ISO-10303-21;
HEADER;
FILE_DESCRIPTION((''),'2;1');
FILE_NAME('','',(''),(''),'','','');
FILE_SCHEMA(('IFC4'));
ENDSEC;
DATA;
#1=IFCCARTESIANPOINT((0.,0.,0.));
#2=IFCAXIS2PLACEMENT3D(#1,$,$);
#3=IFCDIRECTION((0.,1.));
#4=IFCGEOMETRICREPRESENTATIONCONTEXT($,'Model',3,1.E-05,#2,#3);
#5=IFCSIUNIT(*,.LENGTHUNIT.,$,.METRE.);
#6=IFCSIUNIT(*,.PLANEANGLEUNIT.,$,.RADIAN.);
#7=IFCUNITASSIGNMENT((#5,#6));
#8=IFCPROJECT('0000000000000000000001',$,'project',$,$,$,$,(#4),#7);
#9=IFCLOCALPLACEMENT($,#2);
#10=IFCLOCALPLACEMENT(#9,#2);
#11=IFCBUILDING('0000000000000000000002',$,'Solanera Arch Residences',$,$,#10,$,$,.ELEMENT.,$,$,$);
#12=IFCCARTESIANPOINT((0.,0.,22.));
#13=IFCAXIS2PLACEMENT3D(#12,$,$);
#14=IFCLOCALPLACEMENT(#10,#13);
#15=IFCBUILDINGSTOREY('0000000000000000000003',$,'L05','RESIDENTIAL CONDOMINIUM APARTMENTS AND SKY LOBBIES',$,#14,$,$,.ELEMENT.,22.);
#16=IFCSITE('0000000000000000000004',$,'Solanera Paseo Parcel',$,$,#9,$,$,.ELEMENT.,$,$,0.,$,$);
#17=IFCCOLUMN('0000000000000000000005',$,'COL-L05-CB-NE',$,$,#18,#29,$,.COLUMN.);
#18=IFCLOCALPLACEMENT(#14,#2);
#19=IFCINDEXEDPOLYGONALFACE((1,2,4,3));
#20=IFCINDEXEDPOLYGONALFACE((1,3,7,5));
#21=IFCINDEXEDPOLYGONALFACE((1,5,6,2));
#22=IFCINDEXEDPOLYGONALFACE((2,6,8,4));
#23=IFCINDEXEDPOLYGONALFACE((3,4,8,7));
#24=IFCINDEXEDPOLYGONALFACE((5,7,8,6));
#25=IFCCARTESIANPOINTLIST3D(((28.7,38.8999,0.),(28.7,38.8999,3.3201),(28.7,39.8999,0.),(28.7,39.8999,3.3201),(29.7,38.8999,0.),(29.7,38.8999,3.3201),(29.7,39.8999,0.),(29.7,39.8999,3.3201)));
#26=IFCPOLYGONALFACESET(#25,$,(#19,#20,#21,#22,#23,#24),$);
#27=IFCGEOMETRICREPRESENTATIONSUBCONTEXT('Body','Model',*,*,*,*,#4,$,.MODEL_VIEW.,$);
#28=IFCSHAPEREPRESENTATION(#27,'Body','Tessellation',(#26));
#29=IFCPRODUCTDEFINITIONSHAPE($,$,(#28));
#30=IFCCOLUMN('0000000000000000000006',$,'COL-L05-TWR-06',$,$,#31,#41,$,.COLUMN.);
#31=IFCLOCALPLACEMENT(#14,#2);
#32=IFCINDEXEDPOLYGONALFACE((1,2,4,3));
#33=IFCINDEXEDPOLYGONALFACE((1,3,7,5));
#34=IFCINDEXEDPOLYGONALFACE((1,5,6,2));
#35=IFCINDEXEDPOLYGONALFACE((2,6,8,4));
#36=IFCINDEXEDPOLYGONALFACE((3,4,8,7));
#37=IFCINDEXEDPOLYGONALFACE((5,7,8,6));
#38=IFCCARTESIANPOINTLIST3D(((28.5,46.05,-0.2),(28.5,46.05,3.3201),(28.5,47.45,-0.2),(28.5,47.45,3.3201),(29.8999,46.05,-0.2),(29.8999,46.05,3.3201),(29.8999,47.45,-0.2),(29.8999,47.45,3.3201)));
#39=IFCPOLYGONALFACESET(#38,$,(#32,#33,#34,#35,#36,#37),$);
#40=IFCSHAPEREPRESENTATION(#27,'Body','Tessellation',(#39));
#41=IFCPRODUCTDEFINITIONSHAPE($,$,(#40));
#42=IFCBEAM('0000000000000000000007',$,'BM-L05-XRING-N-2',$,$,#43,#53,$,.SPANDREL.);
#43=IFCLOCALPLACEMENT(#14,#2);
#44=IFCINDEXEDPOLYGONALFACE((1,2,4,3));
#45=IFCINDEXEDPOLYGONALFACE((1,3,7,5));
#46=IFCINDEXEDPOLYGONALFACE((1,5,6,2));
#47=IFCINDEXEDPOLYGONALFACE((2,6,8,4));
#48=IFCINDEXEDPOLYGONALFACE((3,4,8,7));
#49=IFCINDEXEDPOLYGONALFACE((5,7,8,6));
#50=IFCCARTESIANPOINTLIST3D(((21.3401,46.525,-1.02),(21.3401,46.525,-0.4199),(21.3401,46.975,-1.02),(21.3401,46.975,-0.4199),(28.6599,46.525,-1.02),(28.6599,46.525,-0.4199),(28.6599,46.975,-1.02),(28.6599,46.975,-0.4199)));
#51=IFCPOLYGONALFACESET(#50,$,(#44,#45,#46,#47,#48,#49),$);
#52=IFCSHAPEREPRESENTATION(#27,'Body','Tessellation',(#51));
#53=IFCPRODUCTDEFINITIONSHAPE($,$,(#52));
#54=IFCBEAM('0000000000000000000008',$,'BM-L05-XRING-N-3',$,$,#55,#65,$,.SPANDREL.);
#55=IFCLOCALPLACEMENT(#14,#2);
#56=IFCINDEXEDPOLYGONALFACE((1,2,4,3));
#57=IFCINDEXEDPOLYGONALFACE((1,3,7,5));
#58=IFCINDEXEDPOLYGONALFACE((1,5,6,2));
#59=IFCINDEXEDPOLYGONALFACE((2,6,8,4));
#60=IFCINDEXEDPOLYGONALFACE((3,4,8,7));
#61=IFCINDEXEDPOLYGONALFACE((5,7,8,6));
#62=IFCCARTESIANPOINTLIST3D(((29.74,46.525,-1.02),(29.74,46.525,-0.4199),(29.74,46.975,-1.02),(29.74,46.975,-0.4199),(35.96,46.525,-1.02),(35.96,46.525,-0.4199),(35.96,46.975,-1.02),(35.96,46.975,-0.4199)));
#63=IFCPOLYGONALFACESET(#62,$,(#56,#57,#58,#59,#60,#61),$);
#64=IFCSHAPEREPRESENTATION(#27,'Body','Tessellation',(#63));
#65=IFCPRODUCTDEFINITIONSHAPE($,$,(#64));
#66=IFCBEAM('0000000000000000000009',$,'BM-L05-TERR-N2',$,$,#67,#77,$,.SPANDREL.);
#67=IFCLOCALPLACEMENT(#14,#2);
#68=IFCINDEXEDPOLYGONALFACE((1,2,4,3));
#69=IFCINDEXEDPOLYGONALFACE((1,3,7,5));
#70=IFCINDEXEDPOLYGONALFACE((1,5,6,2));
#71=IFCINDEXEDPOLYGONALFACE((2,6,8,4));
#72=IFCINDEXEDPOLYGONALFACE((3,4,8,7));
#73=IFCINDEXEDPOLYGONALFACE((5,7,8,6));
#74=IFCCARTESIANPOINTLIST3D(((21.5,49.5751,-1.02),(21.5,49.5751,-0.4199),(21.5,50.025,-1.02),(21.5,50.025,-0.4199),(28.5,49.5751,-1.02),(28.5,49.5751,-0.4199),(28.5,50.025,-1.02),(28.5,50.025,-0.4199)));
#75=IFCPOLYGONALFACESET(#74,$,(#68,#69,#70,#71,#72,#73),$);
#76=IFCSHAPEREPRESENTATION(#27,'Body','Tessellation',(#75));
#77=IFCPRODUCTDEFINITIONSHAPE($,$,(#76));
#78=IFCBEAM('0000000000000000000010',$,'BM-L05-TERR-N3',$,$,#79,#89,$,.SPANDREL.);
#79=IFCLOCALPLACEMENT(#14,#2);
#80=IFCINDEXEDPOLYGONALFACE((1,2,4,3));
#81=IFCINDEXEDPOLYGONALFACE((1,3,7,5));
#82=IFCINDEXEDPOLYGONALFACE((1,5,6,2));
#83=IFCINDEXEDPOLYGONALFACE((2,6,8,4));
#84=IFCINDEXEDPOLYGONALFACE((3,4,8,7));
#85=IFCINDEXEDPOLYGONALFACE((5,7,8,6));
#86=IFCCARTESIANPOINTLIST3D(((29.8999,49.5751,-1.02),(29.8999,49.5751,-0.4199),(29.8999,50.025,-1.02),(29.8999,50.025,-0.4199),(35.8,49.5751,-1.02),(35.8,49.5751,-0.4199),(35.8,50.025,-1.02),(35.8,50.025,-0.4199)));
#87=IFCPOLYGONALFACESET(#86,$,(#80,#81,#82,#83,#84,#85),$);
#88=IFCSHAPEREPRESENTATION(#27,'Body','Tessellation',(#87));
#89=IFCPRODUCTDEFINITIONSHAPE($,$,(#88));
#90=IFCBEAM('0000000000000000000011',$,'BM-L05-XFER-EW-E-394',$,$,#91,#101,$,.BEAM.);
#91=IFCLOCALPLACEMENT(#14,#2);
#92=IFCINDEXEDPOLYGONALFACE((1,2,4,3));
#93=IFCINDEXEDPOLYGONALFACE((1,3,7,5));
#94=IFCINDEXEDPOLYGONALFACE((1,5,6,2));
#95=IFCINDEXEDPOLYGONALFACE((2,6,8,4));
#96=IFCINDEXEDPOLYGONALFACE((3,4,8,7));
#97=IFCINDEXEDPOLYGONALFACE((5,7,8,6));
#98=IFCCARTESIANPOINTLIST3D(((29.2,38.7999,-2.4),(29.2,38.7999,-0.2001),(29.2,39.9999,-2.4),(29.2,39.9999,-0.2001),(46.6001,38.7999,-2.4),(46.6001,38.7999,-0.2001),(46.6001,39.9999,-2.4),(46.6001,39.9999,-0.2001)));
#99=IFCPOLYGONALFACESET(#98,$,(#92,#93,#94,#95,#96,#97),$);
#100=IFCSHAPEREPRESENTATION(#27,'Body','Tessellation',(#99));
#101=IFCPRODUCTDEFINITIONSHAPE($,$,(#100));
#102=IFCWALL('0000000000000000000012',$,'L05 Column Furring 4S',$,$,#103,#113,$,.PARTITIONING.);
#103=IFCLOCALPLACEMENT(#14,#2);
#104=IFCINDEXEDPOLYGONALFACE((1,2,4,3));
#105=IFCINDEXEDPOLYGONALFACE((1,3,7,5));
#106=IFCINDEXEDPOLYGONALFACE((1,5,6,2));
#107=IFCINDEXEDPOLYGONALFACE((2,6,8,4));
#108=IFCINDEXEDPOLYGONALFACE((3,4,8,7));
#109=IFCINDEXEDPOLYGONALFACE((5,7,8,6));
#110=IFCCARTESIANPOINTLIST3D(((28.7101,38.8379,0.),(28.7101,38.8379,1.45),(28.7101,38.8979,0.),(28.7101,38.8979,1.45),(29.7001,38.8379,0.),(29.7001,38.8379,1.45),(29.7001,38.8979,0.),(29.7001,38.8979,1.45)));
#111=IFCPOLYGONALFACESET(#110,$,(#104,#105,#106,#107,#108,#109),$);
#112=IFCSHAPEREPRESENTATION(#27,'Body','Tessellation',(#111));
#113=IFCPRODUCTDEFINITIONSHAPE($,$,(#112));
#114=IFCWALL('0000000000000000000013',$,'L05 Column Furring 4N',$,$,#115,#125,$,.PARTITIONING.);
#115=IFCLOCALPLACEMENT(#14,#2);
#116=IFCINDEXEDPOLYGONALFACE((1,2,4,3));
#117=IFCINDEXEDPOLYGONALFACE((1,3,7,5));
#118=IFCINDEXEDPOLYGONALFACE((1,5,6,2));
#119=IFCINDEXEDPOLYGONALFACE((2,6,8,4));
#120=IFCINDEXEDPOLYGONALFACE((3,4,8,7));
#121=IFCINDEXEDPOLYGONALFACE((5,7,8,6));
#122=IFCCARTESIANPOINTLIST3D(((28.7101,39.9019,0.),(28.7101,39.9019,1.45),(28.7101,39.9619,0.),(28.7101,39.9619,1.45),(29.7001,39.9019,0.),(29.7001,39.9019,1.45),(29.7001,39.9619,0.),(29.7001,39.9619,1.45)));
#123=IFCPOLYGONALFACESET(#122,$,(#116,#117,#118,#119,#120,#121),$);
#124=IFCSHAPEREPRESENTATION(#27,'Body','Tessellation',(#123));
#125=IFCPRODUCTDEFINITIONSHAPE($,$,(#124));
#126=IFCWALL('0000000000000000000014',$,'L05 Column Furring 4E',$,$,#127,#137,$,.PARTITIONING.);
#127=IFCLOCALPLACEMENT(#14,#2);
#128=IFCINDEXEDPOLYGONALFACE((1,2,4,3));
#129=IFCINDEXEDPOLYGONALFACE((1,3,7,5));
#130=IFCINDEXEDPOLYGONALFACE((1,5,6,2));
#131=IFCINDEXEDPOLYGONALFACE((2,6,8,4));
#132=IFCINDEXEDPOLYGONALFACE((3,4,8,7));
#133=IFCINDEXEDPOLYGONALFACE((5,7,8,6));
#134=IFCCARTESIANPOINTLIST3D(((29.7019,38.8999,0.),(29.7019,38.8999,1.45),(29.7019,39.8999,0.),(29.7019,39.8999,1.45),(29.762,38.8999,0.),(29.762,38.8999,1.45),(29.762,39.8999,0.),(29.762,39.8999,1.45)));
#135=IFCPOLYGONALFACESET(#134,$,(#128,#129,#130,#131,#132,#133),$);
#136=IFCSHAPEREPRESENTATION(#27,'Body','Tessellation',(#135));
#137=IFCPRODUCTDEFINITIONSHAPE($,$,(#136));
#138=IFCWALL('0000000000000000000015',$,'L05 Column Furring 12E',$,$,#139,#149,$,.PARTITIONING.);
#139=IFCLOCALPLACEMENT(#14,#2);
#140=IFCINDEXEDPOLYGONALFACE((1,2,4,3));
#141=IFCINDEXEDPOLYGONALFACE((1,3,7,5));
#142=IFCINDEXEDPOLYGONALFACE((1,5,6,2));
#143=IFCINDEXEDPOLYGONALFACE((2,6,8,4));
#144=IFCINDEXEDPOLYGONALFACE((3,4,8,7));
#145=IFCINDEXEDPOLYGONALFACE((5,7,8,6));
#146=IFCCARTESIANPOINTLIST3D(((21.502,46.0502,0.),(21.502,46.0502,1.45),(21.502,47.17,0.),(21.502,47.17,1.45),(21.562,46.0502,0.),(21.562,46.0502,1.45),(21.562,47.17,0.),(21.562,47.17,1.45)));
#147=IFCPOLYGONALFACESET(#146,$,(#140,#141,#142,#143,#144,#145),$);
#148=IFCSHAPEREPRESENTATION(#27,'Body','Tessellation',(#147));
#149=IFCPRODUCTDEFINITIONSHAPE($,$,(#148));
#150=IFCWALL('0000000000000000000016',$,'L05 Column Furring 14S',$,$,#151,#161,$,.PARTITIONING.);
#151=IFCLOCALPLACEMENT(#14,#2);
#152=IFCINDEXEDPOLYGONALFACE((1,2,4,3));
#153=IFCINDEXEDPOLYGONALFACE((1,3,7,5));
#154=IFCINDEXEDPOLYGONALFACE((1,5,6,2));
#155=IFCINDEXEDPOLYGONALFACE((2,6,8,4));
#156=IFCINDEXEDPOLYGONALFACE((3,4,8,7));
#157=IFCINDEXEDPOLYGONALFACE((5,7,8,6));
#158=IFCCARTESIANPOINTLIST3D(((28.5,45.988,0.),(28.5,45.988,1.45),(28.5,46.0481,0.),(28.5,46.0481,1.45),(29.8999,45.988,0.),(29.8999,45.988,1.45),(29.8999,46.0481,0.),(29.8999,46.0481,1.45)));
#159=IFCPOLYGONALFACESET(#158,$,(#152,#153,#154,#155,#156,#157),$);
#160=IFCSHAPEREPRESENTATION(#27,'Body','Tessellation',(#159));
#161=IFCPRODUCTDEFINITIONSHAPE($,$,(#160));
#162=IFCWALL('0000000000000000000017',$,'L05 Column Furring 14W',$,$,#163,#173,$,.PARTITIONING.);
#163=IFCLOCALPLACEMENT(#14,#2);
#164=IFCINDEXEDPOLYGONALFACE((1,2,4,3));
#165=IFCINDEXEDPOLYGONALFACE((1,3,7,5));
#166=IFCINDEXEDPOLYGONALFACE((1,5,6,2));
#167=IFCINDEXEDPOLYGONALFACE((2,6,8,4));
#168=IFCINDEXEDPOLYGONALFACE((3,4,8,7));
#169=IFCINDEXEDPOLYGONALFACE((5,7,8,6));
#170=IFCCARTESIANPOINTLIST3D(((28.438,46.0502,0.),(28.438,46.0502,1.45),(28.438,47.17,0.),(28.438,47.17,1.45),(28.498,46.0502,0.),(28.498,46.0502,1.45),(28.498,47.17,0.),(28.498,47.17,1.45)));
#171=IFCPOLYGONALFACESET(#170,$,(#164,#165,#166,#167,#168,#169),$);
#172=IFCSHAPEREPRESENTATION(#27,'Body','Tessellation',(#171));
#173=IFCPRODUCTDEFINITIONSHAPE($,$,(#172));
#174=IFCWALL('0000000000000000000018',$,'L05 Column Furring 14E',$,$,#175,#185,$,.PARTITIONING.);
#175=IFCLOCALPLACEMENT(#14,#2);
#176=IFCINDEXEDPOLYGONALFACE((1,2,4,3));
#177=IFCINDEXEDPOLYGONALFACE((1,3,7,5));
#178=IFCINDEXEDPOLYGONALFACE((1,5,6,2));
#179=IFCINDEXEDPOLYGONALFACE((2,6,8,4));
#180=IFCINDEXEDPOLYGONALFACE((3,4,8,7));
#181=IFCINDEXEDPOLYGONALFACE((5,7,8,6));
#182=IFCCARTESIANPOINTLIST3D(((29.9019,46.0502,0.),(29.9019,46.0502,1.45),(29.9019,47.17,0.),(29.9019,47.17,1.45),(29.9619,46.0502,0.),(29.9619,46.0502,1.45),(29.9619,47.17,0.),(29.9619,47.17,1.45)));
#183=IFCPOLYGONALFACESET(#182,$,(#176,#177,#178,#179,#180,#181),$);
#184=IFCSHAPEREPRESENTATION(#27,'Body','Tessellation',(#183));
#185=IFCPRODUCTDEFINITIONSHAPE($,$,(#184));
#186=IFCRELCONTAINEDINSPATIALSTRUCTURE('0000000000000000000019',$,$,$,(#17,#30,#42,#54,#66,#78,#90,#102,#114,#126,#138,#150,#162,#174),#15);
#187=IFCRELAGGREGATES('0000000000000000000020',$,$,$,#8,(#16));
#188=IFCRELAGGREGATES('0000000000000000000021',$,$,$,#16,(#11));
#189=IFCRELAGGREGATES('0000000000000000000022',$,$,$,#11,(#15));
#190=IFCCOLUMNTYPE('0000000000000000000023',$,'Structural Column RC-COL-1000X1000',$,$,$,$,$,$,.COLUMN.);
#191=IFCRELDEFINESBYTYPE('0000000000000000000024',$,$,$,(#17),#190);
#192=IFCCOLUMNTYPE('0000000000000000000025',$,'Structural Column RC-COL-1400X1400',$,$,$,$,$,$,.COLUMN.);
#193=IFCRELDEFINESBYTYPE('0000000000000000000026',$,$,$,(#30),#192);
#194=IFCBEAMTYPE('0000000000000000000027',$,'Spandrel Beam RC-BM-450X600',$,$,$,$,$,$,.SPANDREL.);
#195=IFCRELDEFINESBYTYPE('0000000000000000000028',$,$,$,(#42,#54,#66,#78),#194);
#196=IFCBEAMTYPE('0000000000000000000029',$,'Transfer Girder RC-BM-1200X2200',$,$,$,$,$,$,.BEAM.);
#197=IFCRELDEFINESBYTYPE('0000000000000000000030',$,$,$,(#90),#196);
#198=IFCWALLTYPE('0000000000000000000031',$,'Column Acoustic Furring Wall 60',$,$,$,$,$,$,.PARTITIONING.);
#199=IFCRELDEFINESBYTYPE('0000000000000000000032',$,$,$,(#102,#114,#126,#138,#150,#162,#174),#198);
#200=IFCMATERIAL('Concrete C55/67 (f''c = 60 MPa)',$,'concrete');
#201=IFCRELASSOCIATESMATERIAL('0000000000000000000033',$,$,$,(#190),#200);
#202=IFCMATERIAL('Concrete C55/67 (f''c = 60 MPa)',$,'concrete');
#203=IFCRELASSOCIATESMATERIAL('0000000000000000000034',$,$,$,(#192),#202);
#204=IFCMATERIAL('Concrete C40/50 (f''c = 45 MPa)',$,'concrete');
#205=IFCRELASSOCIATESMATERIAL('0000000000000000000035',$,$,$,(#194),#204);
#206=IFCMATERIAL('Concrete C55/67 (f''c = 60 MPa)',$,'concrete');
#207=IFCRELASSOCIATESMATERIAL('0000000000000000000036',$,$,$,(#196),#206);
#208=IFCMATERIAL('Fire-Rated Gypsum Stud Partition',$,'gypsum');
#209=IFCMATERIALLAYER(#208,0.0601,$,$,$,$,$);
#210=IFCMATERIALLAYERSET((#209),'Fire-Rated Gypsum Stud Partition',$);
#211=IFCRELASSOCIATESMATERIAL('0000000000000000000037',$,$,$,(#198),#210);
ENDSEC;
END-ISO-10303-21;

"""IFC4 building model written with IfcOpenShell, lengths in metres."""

from ifc_helpers import new_model, si_unit, direction, frame, frame_2d, origin, origin_2d, place, context, subcontext, project, spatial, rectangle, extrude, material, layer, layer_set, material_profile, profile_set, type_object, element, save


model = new_model("IFC4")

# Units and contexts
model_context = context("Model", 3, precision=1e-05, world=origin(), true_north=direction((0.0, 1.0)))
body_context = subcontext(model_context, "Body", "Model", "MODEL_VIEW")
ifc_project = project(units=[si_unit("LENGTHUNIT", "METRE"), si_unit("PLANEANGLEUNIT", "RADIAN")], contexts=[model_context])

# Site, building, storey
site_placement = place(None, origin())
site = spatial("IfcSite", under=ifc_project, at=site_placement, Name="Solanera Paseo Parcel", CompositionType="ELEMENT", RefElevation=0.0)
building_placement = place(site_placement, origin())
building = spatial("IfcBuilding", under=site, at=building_placement, Name="Solanera Arch Residences", CompositionType="ELEMENT")
storey_placement = place(building_placement, frame((0.0, 0.0, 22.0)))
storey = spatial("IfcBuildingStorey", under=building, at=storey_placement, Name="L05", Description="RESIDENTIAL CONDOMINIUM APARTMENTS AND SKY LOBBIES", CompositionType="ELEMENT", Elevation=22.0)

# Columns
ifc_material_1 = material(Name="Concrete C55/67 (f'c = 60 MPa)", Category="concrete")
ifc_material_profile_1 = material_profile(ifc_material_1, rectangle(XDim=1.0, YDim=1.0, at=origin_2d()))
ifc_profile_set_1 = profile_set([ifc_material_profile_1], Name="Concrete C55/67 (f'c = 60 MPa)")
column_type_1 = type_object("IfcColumnType", Name="Structural Column RC-COL-1000X1000", PredefinedType="COLUMN", material=ifc_profile_set_1)
column_1_placement = place(storey_placement, frame((29.2, 39.3999, 0.0), z_axis=(0.0, 0.0, 1.0), x_axis=(1.0, 0.0, 0.0)))
element("IfcColumn", 1, at=column_1_placement, inside=storey, type_object=column_type_1, Name="COL-L05-CB-NE", PredefinedType="COLUMN", context=body_context, shape_type="SweptSolid", body=[
    extrude(rectangle(XDim=1.0, YDim=1.0, at=origin_2d()), origin(), (0.0, 0.0, 1.0), 3.3201),
])
ifc_material_2 = material(Name="Concrete C55/67 (f'c = 60 MPa)", Category="concrete")
ifc_material_profile_2 = material_profile(ifc_material_2, rectangle(XDim=1.3999, YDim=1.3999, at=origin_2d()))
ifc_profile_set_2 = profile_set([ifc_material_profile_2], Name="Concrete C55/67 (f'c = 60 MPa)")
column_type_2 = type_object("IfcColumnType", Name="Structural Column RC-COL-1400X1400", PredefinedType="COLUMN", material=ifc_profile_set_2)
column_2_placement = place(storey_placement, frame((29.2, 46.75, -0.2), z_axis=(0.0, 0.0, 1.0), x_axis=(1.0, 0.0, 0.0)))
element("IfcColumn", 2, at=column_2_placement, inside=storey, type_object=column_type_2, Name="COL-L05-TWR-06", PredefinedType="COLUMN", context=body_context, shape_type="SweptSolid", body=[
    extrude(rectangle(XDim=1.3999, YDim=1.3999, at=origin_2d()), origin(), (0.0, 0.0, 1.0), 3.52),
])

# Beams
ifc_material_3 = material(Name="Concrete C40/50 (f'c = 45 MPa)", Category="concrete")
ifc_material_profile_3 = material_profile(ifc_material_3, rectangle(XDim=0.45, YDim=0.6001, at=origin_2d()))
ifc_profile_set_3 = profile_set([ifc_material_profile_3], Name="Concrete C40/50 (f'c = 45 MPa)")
beam_type_1 = type_object("IfcBeamType", Name="Spandrel Beam RC-BM-450X600", PredefinedType="SPANDREL", material=ifc_profile_set_3)
beam_1_placement = place(storey_placement, frame((21.3401, 46.75, -0.72), z_axis=(1.0, 0.0, 0.0), x_axis=(0.0, 1.0, 0.0)))
element("IfcBeam", 3, at=beam_1_placement, inside=storey, type_object=beam_type_1, Name="BM-L05-XRING-N-2", PredefinedType="SPANDREL", context=body_context, shape_type="SweptSolid", body=[
    extrude(rectangle(XDim=0.45, YDim=0.6001, at=origin_2d()), origin(), (0.0, 0.0, 1.0), 7.3198),
])
beam_2_placement = place(storey_placement, frame((29.74, 46.75, -0.72), z_axis=(1.0, 0.0, 0.0), x_axis=(0.0, 1.0, 0.0)))
element("IfcBeam", 4, at=beam_2_placement, inside=storey, type_object=beam_type_1, Name="BM-L05-XRING-N-3", PredefinedType="SPANDREL", context=body_context, shape_type="SweptSolid", body=[
    extrude(rectangle(XDim=0.45, YDim=0.6001, at=origin_2d()), origin(), (0.0, 0.0, 1.0), 6.22),
])
beam_3_placement = place(storey_placement, frame((21.5, 49.8, -0.72), z_axis=(1.0, 0.0, 0.0), x_axis=(0.0, 1.0, 0.0)))
element("IfcBeam", 5, at=beam_3_placement, inside=storey, type_object=beam_type_1, Name="BM-L05-TERR-N2", PredefinedType="SPANDREL", context=body_context, shape_type="SweptSolid", body=[
    extrude(rectangle(XDim=0.45, YDim=0.6001, at=origin_2d()), origin(), (0.0, 0.0, 1.0), 7.0),
])
beam_4_placement = place(storey_placement, frame((29.8999, 49.8, -0.72), z_axis=(1.0, 0.0, 0.0), x_axis=(0.0, 1.0, 0.0)))
element("IfcBeam", 6, at=beam_4_placement, inside=storey, type_object=beam_type_1, Name="BM-L05-TERR-N3", PredefinedType="SPANDREL", context=body_context, shape_type="SweptSolid", body=[
    extrude(rectangle(XDim=0.45, YDim=0.6001, at=origin_2d()), origin(), (0.0, 0.0, 1.0), 5.9001),
])
ifc_material_4 = material(Name="Concrete C55/67 (f'c = 60 MPa)", Category="concrete")
ifc_material_profile_4 = material_profile(ifc_material_4, rectangle(XDim=1.2, YDim=2.2, at=origin_2d()))
ifc_profile_set_4 = profile_set([ifc_material_profile_4], Name="Concrete C55/67 (f'c = 60 MPa)")
beam_type_2 = type_object("IfcBeamType", Name="Transfer Girder RC-BM-1200X2200", PredefinedType="BEAM", material=ifc_profile_set_4)
beam_5_placement = place(storey_placement, frame((29.2, 39.3999, -1.3), z_axis=(1.0, 0.0, 0.0), x_axis=(0.0, 1.0, 0.0)))
element("IfcBeam", 7, at=beam_5_placement, inside=storey, type_object=beam_type_2, Name="BM-L05-XFER-EW-E-394", PredefinedType="BEAM", context=body_context, shape_type="SweptSolid", body=[
    extrude(rectangle(XDim=1.2, YDim=2.2, at=origin_2d()), origin(), (0.0, 0.0, 1.0), 17.4001),
])

# Walls
ifc_material_5 = material(Name="Fire-Rated Gypsum Stud Partition", Category="gypsum")
ifc_layer_1 = layer(ifc_material_5, 0.0601)
ifc_layer_set_1 = layer_set([ifc_layer_1], Name="Fire-Rated Gypsum Stud Partition")
wall_type_1 = type_object("IfcWallType", Name="Column Acoustic Furring Wall 60", PredefinedType="PARTITIONING", material=ifc_layer_set_1)
for number, where, z_axis, x_axis, name in (
    (8, (28.71, 38.8679, 0.0), (0.0, 0.0, 1.0), (1.0, 0.0, 0.0), "L05 Column Furring 4S"),
    (9, (28.71, 39.9319, 0.0), (0.0, 0.0, 1.0), (1.0, 0.0, 0.0), "L05 Column Furring 4N"),
):
    element("IfcWall", number, at=place(storey_placement, frame(where, z_axis=z_axis, x_axis=x_axis)), inside=storey, type_object=wall_type_1, Name=name, PredefinedType="PARTITIONING", context=body_context, shape_type="SweptSolid", body=[
        extrude(rectangle(XDim=0.99, YDim=0.0601, at=frame_2d((0.4951, 0.0))), origin(), (0.0, 0.0, 1.0), 1.45),
    ])
wall_1_placement = place(storey_placement, frame((29.7319, 38.8999, 0.0), z_axis=(0.0, 0.0, 1.0), x_axis=(0.0, 1.0, 0.0)))
element("IfcWall", 10, at=wall_1_placement, inside=storey, type_object=wall_type_1, Name="L05 Column Furring 4E", PredefinedType="PARTITIONING", context=body_context, shape_type="SweptSolid", body=[
    extrude(rectangle(XDim=1.0, YDim=0.0601, at=frame_2d((0.5, 0.0))), origin(), (0.0, 0.0, 1.0), 1.45),
])
wall_2_placement = place(storey_placement, frame((21.532, 46.05, 0.0), z_axis=(0.0, 0.0, 1.0), x_axis=(0.0, 1.0, 0.0)))
element("IfcWall", 11, at=wall_2_placement, inside=storey, type_object=wall_type_1, Name="L05 Column Furring 12E", PredefinedType="PARTITIONING", context=body_context, shape_type="SweptSolid", body=[
    extrude(rectangle(XDim=1.1199, YDim=0.0601, at=frame_2d((0.5601, 0.0))), origin(), (0.0, 0.0, 1.0), 1.45),
])
wall_3_placement = place(storey_placement, frame((28.5, 46.0181, 0.0), z_axis=(0.0, 0.0, 1.0), x_axis=(1.0, 0.0, 0.0)))
element("IfcWall", 12, at=wall_3_placement, inside=storey, type_object=wall_type_1, Name="L05 Column Furring 14S", PredefinedType="PARTITIONING", context=body_context, shape_type="SweptSolid", body=[
    extrude(rectangle(XDim=1.3999, YDim=0.0601, at=frame_2d((0.7, 0.0))), origin(), (0.0, 0.0, 1.0), 1.45),
])
for number, where, z_axis, x_axis, name in (
    (13, (28.468, 46.05, 0.0), (0.0, 0.0, 1.0), (0.0, 1.0, 0.0), "L05 Column Furring 14W"),
    (14, (29.9319, 46.05, 0.0), (0.0, 0.0, 1.0), (0.0, 1.0, 0.0), "L05 Column Furring 14E"),
):
    element("IfcWall", number, at=place(storey_placement, frame(where, z_axis=z_axis, x_axis=x_axis)), inside=storey, type_object=wall_type_1, Name=name, PredefinedType="PARTITIONING", context=body_context, shape_type="SweptSolid", body=[
        extrude(rectangle(XDim=1.1199, YDim=0.0601, at=frame_2d((0.5601, 0.0))), origin(), (0.0, 0.0, 1.0), 1.45),
    ])

save(model, "model.ifc")
